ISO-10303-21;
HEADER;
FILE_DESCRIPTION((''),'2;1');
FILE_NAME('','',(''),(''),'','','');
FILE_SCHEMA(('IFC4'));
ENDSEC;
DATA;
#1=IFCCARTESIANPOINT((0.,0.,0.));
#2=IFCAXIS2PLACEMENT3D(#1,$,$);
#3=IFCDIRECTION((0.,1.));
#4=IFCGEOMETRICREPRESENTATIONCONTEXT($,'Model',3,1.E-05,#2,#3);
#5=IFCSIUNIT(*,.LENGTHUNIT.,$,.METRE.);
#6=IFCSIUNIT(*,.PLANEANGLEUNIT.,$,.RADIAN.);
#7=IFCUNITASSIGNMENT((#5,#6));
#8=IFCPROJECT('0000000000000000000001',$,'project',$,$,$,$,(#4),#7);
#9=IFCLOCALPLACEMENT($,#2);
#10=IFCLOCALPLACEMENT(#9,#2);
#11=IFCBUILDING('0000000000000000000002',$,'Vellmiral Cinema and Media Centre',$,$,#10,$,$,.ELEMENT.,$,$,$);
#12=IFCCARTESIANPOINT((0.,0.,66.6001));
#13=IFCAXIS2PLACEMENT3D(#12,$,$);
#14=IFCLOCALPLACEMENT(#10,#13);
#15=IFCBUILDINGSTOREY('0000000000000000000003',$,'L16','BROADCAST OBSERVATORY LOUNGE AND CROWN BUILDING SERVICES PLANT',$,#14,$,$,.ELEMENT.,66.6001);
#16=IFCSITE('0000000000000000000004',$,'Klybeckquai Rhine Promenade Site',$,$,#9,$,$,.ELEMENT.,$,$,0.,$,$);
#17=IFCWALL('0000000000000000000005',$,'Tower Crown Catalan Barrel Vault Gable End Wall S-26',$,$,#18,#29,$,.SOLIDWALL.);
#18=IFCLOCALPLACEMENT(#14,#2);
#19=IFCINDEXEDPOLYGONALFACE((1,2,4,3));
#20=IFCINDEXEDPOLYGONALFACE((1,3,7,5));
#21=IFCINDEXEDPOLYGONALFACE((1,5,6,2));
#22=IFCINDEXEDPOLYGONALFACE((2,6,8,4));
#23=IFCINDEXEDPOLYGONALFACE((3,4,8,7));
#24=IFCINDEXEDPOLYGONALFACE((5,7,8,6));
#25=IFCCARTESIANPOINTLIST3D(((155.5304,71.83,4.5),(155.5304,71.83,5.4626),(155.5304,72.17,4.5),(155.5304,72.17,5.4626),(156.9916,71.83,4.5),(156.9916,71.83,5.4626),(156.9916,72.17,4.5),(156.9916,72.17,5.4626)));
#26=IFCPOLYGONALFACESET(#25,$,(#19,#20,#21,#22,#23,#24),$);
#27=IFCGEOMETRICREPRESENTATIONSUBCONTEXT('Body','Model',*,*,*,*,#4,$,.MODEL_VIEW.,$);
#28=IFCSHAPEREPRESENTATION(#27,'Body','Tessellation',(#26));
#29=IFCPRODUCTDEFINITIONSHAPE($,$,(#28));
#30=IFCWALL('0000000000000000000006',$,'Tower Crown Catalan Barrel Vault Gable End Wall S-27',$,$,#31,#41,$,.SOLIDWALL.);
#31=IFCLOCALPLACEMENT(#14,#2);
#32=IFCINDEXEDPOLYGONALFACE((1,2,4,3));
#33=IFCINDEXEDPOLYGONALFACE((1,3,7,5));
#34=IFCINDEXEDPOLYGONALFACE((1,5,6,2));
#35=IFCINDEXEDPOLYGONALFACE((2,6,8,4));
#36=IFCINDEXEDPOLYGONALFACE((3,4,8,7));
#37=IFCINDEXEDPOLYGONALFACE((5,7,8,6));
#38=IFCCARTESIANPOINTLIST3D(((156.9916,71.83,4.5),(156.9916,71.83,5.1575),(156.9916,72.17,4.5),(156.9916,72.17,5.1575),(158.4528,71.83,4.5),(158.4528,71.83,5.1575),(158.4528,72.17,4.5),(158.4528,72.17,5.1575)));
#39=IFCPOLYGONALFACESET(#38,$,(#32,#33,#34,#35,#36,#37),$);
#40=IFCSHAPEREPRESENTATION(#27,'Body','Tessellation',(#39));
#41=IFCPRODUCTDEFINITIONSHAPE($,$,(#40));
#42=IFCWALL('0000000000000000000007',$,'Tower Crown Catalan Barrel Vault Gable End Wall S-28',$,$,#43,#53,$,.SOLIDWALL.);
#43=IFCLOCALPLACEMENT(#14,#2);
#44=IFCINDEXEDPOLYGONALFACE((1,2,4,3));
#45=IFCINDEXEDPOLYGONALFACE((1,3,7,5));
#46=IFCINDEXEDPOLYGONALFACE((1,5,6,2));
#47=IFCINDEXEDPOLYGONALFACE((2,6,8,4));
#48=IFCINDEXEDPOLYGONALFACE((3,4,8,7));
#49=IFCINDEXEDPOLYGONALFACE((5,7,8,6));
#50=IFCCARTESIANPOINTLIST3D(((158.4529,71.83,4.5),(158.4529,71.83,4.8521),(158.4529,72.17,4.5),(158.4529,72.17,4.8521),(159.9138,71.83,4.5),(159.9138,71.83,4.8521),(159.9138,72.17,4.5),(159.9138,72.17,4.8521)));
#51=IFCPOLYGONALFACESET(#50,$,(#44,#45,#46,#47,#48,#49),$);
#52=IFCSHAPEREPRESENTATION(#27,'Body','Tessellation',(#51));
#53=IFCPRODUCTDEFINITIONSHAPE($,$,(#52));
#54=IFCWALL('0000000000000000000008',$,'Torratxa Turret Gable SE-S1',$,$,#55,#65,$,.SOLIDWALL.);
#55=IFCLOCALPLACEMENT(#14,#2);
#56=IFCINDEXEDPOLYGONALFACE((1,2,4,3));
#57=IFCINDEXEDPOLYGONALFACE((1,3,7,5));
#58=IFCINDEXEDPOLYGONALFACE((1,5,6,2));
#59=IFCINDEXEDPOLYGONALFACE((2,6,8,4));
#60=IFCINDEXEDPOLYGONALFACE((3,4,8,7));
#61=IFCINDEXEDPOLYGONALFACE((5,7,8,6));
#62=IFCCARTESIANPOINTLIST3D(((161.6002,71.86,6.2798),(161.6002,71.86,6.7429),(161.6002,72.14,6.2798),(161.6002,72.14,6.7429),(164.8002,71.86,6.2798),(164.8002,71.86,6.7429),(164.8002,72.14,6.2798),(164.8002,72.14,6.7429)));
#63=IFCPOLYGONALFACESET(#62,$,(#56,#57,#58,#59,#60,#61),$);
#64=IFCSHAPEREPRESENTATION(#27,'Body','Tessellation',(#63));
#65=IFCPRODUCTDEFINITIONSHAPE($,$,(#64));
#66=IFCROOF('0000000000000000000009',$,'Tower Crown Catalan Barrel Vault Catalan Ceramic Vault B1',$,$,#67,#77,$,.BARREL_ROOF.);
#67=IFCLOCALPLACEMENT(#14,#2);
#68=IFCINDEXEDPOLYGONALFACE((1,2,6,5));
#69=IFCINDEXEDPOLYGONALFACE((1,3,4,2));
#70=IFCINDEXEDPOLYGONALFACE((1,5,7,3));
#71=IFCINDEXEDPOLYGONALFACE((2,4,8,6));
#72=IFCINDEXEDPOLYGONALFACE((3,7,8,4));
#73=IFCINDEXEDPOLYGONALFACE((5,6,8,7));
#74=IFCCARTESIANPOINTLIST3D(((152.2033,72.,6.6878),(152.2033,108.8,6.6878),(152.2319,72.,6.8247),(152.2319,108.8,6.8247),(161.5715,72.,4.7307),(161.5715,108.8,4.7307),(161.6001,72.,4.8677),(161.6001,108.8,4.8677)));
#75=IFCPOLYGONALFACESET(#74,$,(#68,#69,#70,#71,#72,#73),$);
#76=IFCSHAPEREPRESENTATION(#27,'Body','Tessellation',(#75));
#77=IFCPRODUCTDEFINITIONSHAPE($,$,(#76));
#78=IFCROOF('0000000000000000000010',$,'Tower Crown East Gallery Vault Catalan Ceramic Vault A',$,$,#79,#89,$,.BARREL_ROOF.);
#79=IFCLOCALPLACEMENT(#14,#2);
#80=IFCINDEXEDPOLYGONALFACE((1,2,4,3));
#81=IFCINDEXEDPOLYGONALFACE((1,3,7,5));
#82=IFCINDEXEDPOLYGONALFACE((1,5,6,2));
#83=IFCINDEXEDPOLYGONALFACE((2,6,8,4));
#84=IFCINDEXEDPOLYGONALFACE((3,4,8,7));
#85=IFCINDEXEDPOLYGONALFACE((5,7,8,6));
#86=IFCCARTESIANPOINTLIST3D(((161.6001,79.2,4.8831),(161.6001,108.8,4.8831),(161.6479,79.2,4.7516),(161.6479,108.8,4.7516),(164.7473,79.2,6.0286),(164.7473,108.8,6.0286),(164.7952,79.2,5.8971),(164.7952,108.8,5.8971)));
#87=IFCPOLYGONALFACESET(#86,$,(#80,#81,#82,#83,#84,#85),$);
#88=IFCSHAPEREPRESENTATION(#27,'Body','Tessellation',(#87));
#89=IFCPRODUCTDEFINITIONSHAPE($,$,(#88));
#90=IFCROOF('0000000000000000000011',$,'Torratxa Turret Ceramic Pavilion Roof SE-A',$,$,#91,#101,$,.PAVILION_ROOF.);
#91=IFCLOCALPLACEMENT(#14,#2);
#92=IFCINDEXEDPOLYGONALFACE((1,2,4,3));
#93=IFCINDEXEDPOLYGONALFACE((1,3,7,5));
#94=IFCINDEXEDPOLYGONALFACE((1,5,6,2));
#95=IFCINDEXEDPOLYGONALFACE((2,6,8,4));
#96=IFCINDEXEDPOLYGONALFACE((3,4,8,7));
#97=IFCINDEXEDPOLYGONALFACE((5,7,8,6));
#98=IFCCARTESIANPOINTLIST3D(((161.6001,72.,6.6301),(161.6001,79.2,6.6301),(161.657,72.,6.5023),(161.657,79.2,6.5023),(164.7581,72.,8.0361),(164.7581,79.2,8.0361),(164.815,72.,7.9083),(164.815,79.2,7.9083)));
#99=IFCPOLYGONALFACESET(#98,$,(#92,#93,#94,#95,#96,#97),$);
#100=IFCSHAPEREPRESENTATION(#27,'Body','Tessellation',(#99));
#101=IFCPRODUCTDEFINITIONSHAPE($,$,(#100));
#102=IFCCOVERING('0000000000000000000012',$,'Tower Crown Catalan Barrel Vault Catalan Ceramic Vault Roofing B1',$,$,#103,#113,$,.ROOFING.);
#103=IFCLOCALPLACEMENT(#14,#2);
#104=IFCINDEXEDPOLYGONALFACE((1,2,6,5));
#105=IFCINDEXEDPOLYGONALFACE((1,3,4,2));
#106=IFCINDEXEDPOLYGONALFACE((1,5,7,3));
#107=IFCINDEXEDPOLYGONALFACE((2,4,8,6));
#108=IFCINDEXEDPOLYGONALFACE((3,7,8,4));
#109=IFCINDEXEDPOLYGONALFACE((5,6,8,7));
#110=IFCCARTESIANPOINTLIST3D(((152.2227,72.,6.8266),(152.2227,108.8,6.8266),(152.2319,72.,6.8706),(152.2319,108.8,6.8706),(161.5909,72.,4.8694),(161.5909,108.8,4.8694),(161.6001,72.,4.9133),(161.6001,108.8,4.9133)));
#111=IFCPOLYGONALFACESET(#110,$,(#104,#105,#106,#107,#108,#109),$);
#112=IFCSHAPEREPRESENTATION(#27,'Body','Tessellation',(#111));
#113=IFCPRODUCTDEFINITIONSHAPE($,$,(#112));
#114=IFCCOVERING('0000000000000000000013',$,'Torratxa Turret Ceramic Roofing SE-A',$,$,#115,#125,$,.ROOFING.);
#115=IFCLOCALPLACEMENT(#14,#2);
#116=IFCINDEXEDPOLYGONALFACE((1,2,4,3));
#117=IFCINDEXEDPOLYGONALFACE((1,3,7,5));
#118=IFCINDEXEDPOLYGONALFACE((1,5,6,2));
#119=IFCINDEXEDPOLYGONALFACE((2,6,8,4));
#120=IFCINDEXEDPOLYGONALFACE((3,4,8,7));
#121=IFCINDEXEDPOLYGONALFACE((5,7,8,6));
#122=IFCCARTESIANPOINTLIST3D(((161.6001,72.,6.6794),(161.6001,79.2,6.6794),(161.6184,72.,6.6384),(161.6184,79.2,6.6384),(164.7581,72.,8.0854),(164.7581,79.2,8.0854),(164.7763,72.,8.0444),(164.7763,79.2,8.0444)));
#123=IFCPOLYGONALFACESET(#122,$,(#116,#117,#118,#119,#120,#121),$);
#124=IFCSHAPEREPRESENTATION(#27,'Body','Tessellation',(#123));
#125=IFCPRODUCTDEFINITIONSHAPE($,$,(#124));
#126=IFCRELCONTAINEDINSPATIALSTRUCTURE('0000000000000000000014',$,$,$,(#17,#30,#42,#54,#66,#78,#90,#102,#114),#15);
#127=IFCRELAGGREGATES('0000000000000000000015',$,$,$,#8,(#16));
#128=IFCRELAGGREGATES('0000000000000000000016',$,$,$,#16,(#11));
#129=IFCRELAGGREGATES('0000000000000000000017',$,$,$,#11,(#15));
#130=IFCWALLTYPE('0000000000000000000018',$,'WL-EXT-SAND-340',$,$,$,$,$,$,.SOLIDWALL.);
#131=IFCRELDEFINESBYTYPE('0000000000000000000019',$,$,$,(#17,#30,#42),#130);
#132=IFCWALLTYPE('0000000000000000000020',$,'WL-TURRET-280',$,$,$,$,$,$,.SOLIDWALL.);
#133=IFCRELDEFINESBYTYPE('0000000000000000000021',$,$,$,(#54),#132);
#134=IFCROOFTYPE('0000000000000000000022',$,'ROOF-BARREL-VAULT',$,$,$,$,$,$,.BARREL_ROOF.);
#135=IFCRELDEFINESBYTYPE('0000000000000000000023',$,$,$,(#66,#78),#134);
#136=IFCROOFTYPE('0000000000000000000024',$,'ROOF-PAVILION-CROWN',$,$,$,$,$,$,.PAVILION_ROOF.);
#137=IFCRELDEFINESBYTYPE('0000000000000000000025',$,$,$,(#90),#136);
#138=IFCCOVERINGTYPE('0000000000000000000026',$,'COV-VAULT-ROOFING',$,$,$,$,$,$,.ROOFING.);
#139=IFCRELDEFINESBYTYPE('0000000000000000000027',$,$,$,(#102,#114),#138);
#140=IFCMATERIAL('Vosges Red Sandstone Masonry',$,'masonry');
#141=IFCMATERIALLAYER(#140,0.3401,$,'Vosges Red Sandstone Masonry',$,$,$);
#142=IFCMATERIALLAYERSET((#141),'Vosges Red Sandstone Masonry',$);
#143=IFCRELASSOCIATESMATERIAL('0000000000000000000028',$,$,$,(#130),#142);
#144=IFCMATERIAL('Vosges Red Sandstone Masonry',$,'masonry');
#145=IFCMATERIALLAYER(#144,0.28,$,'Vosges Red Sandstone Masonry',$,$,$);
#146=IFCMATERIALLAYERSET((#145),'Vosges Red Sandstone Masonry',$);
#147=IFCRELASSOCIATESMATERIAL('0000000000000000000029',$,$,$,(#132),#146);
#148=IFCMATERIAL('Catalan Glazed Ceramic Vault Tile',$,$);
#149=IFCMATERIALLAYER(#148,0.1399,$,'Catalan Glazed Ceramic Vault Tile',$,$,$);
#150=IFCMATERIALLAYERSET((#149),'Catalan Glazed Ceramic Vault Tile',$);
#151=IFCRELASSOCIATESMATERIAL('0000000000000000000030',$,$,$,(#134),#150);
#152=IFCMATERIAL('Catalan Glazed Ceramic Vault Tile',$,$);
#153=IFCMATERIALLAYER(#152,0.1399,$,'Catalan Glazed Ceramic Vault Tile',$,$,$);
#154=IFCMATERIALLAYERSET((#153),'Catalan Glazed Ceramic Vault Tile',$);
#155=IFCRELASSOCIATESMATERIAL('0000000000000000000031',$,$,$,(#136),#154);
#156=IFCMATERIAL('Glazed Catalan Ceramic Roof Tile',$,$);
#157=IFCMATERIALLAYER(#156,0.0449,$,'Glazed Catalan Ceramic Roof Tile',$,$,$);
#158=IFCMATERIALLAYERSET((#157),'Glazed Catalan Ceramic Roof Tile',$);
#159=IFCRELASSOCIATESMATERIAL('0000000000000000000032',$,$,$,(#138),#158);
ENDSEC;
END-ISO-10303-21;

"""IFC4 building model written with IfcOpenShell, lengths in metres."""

from ifc_helpers import new_model, si_unit, direction, frame, frame_2d, origin, place, context, subcontext, project, spatial, polyline, rectangle, outline, extrude, material, layer, layer_set, type_object, element, save


model = new_model("IFC4")

# Units and contexts
model_context = context("Model", 3, precision=1e-05, world=origin(), true_north=direction((0.0, 1.0)))
body_context = subcontext(model_context, "Body", "Model", "MODEL_VIEW")
ifc_project = project(units=[si_unit("LENGTHUNIT", "METRE"), si_unit("PLANEANGLEUNIT", "RADIAN")], contexts=[model_context])

# Site, building, storey
site_placement = place(None, origin())
site = spatial("IfcSite", under=ifc_project, at=site_placement, Name="Klybeckquai Rhine Promenade Site", CompositionType="ELEMENT", RefElevation=0.0)
building_placement = place(site_placement, origin())
building = spatial("IfcBuilding", under=site, at=building_placement, Name="Vellmiral Cinema and Media Centre", CompositionType="ELEMENT")
storey_placement = place(building_placement, frame((0.0, 0.0, 66.6001)))
storey = spatial("IfcBuildingStorey", under=building, at=storey_placement, Name="L16", Description="BROADCAST OBSERVATORY LOUNGE AND CROWN BUILDING SERVICES PLANT", CompositionType="ELEMENT", Elevation=66.6001)

# Walls
ifc_material_1 = material(Name="Vosges Red Sandstone Masonry", Category="masonry")
ifc_layer_1 = layer(ifc_material_1, 0.3401, Name="Vosges Red Sandstone Masonry")
ifc_layer_set_1 = layer_set([ifc_layer_1], Name="Vosges Red Sandstone Masonry")
wall_type_1 = type_object("IfcWallType", Name="WL-EXT-SAND-340", PredefinedType="SOLIDWALL", material=ifc_layer_set_1)
wall_1_placement = place(storey_placement, frame((155.5305, 72.0, 4.5), z_axis=(0.0, 0.0, 1.0), x_axis=(1.0, 0.0, 0.0)))
element("IfcWall", 1, at=wall_1_placement, inside=storey, type_object=wall_type_1, Name="Tower Crown Catalan Barrel Vault Gable End Wall S-26", PredefinedType="SOLIDWALL", context=body_context, shape_type="SweptSolid", body=[
    extrude(rectangle(XDim=1.4612, YDim=0.3401, at=frame_2d((0.7305, 0.0))), origin(), (0.0, 0.0, 1.0), 0.9626),
])
wall_2_placement = place(storey_placement, frame((156.9917, 72.0, 4.5), z_axis=(0.0, 0.0, 1.0), x_axis=(1.0, 0.0, 0.0)))
element("IfcWall", 2, at=wall_2_placement, inside=storey, type_object=wall_type_1, Name="Tower Crown Catalan Barrel Vault Gable End Wall S-27", PredefinedType="SOLIDWALL", context=body_context, shape_type="SweptSolid", body=[
    extrude(rectangle(XDim=1.4612, YDim=0.3401, at=frame_2d((0.7305, 0.0))), origin(), (0.0, 0.0, 1.0), 0.6575),
])
wall_3_placement = place(storey_placement, frame((158.4529, 72.0, 4.5), z_axis=(0.0, 0.0, 1.0), x_axis=(1.0, 0.0, 0.0)))
element("IfcWall", 3, at=wall_3_placement, inside=storey, type_object=wall_type_1, Name="Tower Crown Catalan Barrel Vault Gable End Wall S-28", PredefinedType="SOLIDWALL", context=body_context, shape_type="SweptSolid", body=[
    extrude(rectangle(XDim=1.4609, YDim=0.3401, at=frame_2d((0.7305, 0.0))), origin(), (0.0, 0.0, 1.0), 0.3521),
])
ifc_material_2 = material(Name="Vosges Red Sandstone Masonry", Category="masonry")
ifc_layer_2 = layer(ifc_material_2, 0.28, Name="Vosges Red Sandstone Masonry")
ifc_layer_set_2 = layer_set([ifc_layer_2], Name="Vosges Red Sandstone Masonry")
wall_type_2 = type_object("IfcWallType", Name="WL-TURRET-280", PredefinedType="SOLIDWALL", material=ifc_layer_set_2)
wall_4_placement = place(storey_placement, frame((161.6001, 72.0, 6.2798), z_axis=(0.0, 0.0, 1.0), x_axis=(1.0, 0.0, 0.0)))
element("IfcWall", 4, at=wall_4_placement, inside=storey, type_object=wall_type_2, Name="Torratxa Turret Gable SE-S1", PredefinedType="SOLIDWALL", context=body_context, shape_type="SweptSolid", body=[
    extrude(rectangle(XDim=3.2, YDim=0.28, at=frame_2d((1.6001, 0.0))), origin(), (0.0, 0.0, 1.0), 0.4631),
])

# Roofs
ifc_material_3 = material(Name="Catalan Glazed Ceramic Vault Tile")
ifc_layer_3 = layer(ifc_material_3, 0.1399, Name="Catalan Glazed Ceramic Vault Tile")
ifc_layer_set_3 = layer_set([ifc_layer_3], Name="Catalan Glazed Ceramic Vault Tile")
roof_type_1 = type_object("IfcRoofType", Name="ROOF-BARREL-VAULT", PredefinedType="BARREL_ROOF", material=ifc_layer_set_3)
roof_1_placement = place(storey_placement, frame((152.2319, 72.0, 6.8247), z_axis=(0.204488, 0.0, 0.978869), x_axis=(0.978869, 0.0, -0.204488)))
element("IfcRoof", 5, at=roof_1_placement, inside=storey, type_object=roof_type_1, Name="Tower Crown Catalan Barrel Vault Catalan Ceramic Vault B1", PredefinedType="BARREL_ROOF", context=body_context, shape_type="SweptSolid", body=[
    extrude(outline(polyline([(0.0, 0.0), (9.5704, 0.0), (9.5704, 36.8), (0.0, 36.8), (0.0, 0.0)])), origin(), (0.0, 0.0, -1.0), 0.1399),
])
roof_2_placement = place(storey_placement, frame((161.6001, 79.2, 4.8831), z_axis=(-0.342024, 0.0, 0.939691), x_axis=(0.939691, 0.0, 0.342024)))
element("IfcRoof", 6, at=roof_2_placement, inside=storey, type_object=roof_type_1, Name="Tower Crown East Gallery Vault Catalan Ceramic Vault A", PredefinedType="BARREL_ROOF", context=body_context, shape_type="SweptSolid", body=[
    extrude(outline(polyline([(0.0, 0.0), (3.3492, 0.0), (3.3492, 29.6001), (0.0, 29.6001), (0.0, 0.0)])), origin(), (0.0, 0.0, -1.0), 0.1399),
])
ifc_material_4 = material(Name="Catalan Glazed Ceramic Vault Tile")
ifc_layer_4 = layer(ifc_material_4, 0.1399, Name="Catalan Glazed Ceramic Vault Tile")
ifc_layer_set_4 = layer_set([ifc_layer_4], Name="Catalan Glazed Ceramic Vault Tile")
roof_type_2 = type_object("IfcRoofType", Name="ROOF-PAVILION-CROWN", PredefinedType="PAVILION_ROOF", material=ifc_layer_set_4)
roof_3_placement = place(storey_placement, frame((161.6001, 72.0, 6.6301), z_axis=(-0.406735, 0.0, 0.913546), x_axis=(0.913546, 0.0, 0.406735)))
element("IfcRoof", 7, at=roof_3_placement, inside=storey, type_object=roof_type_2, Name="Torratxa Turret Ceramic Pavilion Roof SE-A", PredefinedType="PAVILION_ROOF", context=body_context, shape_type="SweptSolid", body=[
    extrude(outline(polyline([(0.0, 0.0), (3.4568, 0.0), (3.4568, 7.2), (0.0, 7.2), (0.0, 0.0)])), origin(), (0.0, 0.0, -1.0), 0.1399),
])

# Coverings
ifc_material_5 = material(Name="Glazed Catalan Ceramic Roof Tile")
ifc_layer_5 = layer(ifc_material_5, 0.0449, Name="Glazed Catalan Ceramic Roof Tile")
ifc_layer_set_5 = layer_set([ifc_layer_5], Name="Glazed Catalan Ceramic Roof Tile")
covering_type = type_object("IfcCoveringType", Name="COV-VAULT-ROOFING", PredefinedType="ROOFING", material=ifc_layer_set_5)
covering_1_placement = place(storey_placement, frame((152.2319, 72.0, 6.8706), z_axis=(0.204512, 0.0, 0.978864), x_axis=(0.978864, 0.0, -0.204512)))
element("IfcCovering", 8, at=covering_1_placement, inside=storey, type_object=covering_type, Name="Tower Crown Catalan Barrel Vault Catalan Ceramic Vault Roofing B1", PredefinedType="ROOFING", context=body_context, shape_type="SweptSolid", body=[
    extrude(outline(polyline([(0.0, 0.0), (9.5704, 0.0), (9.5704, 36.8), (0.0, 36.8), (0.0, 0.0)])), origin(), (0.0, 0.0, -1.0), 0.0449),
])
covering_2_placement = place(storey_placement, frame((161.6001, 72.0, 6.6794), z_axis=(-0.406735, 0.0, 0.913546), x_axis=(0.913546, 0.0, 0.406735)))
element("IfcCovering", 9, at=covering_2_placement, inside=storey, type_object=covering_type, Name="Torratxa Turret Ceramic Roofing SE-A", PredefinedType="ROOFING", context=body_context, shape_type="SweptSolid", body=[
    extrude(outline(polyline([(0.0, 0.0), (3.4568, 0.0), (3.4568, 7.2), (0.0, 7.2), (0.0, 0.0)])), origin(), (0.0, 0.0, -1.0), 0.0449),
])

save(model, "model.ifc")
